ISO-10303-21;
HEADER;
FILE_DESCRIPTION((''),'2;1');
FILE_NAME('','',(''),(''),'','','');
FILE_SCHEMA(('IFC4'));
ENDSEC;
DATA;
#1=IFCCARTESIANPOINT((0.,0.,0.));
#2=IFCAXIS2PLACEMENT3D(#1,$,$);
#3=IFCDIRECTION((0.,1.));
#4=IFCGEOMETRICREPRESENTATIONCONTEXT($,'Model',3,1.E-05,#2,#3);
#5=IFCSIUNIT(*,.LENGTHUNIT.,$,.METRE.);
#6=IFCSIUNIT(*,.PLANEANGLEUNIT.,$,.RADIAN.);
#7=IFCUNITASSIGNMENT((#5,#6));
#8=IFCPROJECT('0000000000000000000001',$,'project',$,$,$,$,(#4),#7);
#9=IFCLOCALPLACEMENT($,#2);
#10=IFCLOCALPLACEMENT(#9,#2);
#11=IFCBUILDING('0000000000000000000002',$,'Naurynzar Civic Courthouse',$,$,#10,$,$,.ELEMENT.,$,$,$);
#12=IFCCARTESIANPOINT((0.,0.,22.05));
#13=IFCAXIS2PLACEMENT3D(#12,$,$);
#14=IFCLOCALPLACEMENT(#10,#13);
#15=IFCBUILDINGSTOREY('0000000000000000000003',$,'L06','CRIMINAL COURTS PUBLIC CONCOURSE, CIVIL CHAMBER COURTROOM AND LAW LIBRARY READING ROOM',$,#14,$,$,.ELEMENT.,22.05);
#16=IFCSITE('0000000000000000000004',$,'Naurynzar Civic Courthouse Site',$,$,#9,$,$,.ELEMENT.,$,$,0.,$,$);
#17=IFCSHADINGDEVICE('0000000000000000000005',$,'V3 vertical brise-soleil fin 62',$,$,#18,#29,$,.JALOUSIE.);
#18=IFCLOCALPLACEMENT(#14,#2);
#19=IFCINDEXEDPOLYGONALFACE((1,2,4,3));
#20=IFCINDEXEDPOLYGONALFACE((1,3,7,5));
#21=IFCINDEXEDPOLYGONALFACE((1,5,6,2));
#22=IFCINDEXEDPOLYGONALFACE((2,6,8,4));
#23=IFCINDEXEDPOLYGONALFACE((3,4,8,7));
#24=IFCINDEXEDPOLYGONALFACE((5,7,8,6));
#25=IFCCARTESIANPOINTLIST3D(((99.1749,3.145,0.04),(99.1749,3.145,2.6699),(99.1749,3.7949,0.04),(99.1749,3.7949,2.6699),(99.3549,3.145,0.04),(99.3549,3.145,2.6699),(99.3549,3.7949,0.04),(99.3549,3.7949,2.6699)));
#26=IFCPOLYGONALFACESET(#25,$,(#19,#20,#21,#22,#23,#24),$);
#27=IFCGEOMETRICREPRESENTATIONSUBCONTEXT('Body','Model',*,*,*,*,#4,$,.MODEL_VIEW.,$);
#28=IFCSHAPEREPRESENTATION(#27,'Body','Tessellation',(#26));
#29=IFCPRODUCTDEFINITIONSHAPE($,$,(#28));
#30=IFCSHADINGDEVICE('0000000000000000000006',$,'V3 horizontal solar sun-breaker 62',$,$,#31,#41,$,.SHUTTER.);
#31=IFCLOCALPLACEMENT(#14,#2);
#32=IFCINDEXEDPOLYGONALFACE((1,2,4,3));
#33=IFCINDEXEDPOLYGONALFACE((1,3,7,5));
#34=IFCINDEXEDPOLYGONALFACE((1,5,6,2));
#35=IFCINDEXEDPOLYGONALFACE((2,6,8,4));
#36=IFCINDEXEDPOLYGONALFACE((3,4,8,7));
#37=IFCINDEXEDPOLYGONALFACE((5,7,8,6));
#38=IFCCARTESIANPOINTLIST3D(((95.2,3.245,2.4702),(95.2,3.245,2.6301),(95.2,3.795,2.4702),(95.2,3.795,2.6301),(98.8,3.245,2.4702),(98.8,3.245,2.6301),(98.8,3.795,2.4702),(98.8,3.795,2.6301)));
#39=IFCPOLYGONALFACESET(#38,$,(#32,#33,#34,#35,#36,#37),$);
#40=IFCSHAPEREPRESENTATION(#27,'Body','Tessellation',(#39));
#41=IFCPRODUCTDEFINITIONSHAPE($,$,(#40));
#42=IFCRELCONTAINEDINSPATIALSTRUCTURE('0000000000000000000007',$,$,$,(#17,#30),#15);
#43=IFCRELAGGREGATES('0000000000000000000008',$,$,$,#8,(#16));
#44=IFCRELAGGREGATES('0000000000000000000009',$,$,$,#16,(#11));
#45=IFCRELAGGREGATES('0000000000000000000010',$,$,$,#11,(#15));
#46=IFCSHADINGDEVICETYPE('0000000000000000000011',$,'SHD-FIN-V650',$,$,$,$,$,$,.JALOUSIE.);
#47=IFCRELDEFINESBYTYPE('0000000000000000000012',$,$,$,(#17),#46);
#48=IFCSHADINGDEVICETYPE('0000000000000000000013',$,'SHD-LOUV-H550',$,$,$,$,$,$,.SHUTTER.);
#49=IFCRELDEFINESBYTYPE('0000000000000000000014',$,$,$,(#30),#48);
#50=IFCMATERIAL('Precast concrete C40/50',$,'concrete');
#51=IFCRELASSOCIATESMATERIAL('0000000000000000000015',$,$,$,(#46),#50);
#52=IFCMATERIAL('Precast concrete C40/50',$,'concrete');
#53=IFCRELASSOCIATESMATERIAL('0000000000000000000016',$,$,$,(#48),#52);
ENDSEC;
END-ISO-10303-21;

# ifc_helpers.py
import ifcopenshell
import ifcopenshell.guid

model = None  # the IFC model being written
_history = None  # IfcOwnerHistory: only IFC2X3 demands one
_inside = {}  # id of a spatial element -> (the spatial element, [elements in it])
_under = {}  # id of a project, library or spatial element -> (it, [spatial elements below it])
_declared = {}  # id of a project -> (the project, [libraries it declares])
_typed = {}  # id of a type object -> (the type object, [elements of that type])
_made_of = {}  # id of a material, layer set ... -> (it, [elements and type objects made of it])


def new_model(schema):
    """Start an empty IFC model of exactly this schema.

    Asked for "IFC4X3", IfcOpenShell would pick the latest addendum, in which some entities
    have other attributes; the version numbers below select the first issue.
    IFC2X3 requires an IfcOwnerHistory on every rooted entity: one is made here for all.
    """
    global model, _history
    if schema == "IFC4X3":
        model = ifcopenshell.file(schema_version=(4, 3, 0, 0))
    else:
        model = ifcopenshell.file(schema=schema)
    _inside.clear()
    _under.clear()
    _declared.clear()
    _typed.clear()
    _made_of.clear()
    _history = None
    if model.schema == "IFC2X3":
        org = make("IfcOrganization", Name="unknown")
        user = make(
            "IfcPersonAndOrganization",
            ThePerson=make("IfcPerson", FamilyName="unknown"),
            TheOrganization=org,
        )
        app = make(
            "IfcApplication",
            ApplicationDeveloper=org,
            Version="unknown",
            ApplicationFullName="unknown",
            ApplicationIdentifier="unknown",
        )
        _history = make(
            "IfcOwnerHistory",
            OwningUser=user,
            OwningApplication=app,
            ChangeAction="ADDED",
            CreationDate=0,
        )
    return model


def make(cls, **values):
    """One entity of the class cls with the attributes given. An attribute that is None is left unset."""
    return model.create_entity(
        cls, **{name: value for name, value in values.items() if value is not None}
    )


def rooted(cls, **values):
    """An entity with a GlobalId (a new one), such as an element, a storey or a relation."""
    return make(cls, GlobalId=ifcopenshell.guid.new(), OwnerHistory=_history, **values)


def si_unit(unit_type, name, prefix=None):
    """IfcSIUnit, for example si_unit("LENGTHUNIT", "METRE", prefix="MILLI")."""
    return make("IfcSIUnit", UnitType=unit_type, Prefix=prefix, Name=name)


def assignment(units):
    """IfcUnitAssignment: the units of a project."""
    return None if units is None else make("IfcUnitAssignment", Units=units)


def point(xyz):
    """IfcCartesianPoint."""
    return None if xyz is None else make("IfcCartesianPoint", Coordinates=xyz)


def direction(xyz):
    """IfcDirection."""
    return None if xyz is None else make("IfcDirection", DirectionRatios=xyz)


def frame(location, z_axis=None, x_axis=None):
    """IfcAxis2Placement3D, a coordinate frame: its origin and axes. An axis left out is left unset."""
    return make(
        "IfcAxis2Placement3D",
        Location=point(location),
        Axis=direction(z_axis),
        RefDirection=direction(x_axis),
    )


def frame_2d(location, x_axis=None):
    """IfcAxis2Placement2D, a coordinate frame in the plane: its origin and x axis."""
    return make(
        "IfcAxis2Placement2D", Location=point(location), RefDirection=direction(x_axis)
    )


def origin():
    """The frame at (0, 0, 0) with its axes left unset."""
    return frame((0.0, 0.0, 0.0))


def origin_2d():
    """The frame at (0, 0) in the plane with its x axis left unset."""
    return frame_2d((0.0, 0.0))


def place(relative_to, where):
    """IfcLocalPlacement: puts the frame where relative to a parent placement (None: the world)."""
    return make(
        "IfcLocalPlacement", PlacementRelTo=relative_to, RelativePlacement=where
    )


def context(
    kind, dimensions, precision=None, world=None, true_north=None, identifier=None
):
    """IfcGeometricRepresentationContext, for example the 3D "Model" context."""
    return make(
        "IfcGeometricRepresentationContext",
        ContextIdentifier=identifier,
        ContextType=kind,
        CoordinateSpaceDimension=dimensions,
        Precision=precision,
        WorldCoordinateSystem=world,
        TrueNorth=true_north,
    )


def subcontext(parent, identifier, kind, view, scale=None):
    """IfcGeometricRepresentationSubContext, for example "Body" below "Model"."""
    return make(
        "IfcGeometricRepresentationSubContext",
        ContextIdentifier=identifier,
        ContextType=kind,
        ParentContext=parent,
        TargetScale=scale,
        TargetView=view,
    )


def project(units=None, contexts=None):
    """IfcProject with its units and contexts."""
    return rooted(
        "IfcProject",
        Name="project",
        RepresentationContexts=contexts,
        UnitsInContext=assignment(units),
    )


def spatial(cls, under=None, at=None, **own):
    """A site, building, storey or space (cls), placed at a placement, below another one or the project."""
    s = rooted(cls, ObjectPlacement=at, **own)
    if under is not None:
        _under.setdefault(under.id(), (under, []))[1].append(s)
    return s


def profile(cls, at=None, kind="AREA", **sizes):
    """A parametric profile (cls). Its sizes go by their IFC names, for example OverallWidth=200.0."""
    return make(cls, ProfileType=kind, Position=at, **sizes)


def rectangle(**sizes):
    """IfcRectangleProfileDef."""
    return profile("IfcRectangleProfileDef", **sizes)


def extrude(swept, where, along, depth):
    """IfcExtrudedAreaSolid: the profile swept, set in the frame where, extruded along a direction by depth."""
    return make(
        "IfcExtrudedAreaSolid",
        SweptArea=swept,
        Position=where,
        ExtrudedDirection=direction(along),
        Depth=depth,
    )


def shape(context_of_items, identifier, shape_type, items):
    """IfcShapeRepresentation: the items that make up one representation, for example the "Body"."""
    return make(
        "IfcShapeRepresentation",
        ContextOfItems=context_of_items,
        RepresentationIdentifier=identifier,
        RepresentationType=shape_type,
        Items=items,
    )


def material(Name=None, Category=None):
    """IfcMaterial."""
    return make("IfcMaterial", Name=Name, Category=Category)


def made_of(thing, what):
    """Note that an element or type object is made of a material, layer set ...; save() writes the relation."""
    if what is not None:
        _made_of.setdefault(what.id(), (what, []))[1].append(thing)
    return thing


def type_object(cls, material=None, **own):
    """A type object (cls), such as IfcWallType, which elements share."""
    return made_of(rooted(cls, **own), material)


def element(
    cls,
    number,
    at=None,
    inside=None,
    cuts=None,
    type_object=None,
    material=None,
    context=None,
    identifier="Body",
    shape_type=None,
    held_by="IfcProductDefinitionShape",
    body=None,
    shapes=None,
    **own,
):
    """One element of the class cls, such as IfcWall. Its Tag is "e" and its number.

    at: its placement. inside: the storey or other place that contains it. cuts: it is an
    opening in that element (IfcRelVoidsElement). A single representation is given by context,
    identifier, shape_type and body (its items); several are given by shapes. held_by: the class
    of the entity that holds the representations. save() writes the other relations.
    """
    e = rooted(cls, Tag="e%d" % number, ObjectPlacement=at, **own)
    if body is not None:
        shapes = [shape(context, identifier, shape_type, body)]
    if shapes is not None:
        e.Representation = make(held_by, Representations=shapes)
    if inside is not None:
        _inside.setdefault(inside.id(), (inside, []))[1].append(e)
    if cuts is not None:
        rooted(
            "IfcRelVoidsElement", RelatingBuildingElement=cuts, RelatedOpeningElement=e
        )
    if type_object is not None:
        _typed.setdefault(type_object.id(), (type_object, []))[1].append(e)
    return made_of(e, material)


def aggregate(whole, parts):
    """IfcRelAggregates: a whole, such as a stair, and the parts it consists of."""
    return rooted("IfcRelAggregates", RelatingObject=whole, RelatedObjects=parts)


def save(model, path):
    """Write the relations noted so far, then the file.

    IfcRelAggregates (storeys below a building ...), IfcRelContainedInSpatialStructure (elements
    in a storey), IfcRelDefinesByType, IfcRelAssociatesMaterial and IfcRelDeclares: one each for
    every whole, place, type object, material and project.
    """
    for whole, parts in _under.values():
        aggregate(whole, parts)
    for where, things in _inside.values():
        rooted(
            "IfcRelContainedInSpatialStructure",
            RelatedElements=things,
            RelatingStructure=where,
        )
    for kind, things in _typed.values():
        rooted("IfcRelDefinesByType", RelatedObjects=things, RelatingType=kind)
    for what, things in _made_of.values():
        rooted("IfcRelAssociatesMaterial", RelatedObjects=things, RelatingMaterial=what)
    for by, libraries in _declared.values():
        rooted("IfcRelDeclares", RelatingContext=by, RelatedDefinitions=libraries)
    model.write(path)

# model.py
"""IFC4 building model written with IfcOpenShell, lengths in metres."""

from ifc_helpers import new_model, si_unit, direction, frame, origin, origin_2d, place, context, subcontext, project, spatial, rectangle, extrude, material, type_object, element, save


model = new_model("IFC4")

# Units and contexts
model_context = context("Model", 3, precision=1e-05, world=origin(), true_north=direction((0.0, 1.0)))
body_context = subcontext(model_context, "Body", "Model", "MODEL_VIEW")
ifc_project = project(units=[si_unit("LENGTHUNIT", "METRE"), si_unit("PLANEANGLEUNIT", "RADIAN")], contexts=[model_context])

# Site, building, storey
site_placement = place(None, origin())
site = spatial("IfcSite", under=ifc_project, at=site_placement, Name="Naurynzar Civic Courthouse Site", CompositionType="ELEMENT", RefElevation=0.0)
building_placement = place(site_placement, origin())
building = spatial("IfcBuilding", under=site, at=building_placement, Name="Naurynzar Civic Courthouse", CompositionType="ELEMENT")
storey_placement = place(building_placement, frame((0.0, 0.0, 22.05)))
storey = spatial("IfcBuildingStorey", under=building, at=storey_placement, Name="L06", Description="CRIMINAL COURTS PUBLIC CONCOURSE, CIVIL CHAMBER COURTROOM AND LAW LIBRARY READING ROOM", CompositionType="ELEMENT", Elevation=22.05)

# Shading devices
ifc_material_1 = material(Name="Precast concrete C40/50", Category="concrete")
shading_device_type_1 = type_object("IfcShadingDeviceType", Name="SHD-FIN-V650", PredefinedType="JALOUSIE", material=ifc_material_1)
shading_device_1_placement = place(storey_placement, frame((99.2649, 3.47, 0.04), z_axis=(0.0, 0.0, 1.0), x_axis=(-1.0, 0.0, 0.0)))
element("IfcShadingDevice", 1, at=shading_device_1_placement, inside=storey, type_object=shading_device_type_1, Name="V3 vertical brise-soleil fin 62", PredefinedType="JALOUSIE", context=body_context, shape_type="SweptSolid", body=[
    extrude(rectangle(XDim=0.1799, YDim=0.6499, at=origin_2d()), origin(), (0.0, 0.0, 1.0), 2.6299),
])
ifc_material_2 = material(Name="Precast concrete C40/50", Category="concrete")
shading_device_type_2 = type_object("IfcShadingDeviceType", Name="SHD-LOUV-H550", PredefinedType="SHUTTER", material=ifc_material_2)
shading_device_2_placement = place(storey_placement, frame((97.0, 3.52, 2.4702), z_axis=(0.0, 0.0, 1.0), x_axis=(-1.0, 0.0, 0.0)))
element("IfcShadingDevice", 2, at=shading_device_2_placement, inside=storey, type_object=shading_device_type_2, Name="V3 horizontal solar sun-breaker 62", PredefinedType="SHUTTER", context=body_context, shape_type="SweptSolid", body=[
    extrude(rectangle(XDim=3.6001, YDim=0.55, at=origin_2d()), origin(), (0.0, 0.0, 1.0), 0.1599),
])

save(model, "model.ifc")
